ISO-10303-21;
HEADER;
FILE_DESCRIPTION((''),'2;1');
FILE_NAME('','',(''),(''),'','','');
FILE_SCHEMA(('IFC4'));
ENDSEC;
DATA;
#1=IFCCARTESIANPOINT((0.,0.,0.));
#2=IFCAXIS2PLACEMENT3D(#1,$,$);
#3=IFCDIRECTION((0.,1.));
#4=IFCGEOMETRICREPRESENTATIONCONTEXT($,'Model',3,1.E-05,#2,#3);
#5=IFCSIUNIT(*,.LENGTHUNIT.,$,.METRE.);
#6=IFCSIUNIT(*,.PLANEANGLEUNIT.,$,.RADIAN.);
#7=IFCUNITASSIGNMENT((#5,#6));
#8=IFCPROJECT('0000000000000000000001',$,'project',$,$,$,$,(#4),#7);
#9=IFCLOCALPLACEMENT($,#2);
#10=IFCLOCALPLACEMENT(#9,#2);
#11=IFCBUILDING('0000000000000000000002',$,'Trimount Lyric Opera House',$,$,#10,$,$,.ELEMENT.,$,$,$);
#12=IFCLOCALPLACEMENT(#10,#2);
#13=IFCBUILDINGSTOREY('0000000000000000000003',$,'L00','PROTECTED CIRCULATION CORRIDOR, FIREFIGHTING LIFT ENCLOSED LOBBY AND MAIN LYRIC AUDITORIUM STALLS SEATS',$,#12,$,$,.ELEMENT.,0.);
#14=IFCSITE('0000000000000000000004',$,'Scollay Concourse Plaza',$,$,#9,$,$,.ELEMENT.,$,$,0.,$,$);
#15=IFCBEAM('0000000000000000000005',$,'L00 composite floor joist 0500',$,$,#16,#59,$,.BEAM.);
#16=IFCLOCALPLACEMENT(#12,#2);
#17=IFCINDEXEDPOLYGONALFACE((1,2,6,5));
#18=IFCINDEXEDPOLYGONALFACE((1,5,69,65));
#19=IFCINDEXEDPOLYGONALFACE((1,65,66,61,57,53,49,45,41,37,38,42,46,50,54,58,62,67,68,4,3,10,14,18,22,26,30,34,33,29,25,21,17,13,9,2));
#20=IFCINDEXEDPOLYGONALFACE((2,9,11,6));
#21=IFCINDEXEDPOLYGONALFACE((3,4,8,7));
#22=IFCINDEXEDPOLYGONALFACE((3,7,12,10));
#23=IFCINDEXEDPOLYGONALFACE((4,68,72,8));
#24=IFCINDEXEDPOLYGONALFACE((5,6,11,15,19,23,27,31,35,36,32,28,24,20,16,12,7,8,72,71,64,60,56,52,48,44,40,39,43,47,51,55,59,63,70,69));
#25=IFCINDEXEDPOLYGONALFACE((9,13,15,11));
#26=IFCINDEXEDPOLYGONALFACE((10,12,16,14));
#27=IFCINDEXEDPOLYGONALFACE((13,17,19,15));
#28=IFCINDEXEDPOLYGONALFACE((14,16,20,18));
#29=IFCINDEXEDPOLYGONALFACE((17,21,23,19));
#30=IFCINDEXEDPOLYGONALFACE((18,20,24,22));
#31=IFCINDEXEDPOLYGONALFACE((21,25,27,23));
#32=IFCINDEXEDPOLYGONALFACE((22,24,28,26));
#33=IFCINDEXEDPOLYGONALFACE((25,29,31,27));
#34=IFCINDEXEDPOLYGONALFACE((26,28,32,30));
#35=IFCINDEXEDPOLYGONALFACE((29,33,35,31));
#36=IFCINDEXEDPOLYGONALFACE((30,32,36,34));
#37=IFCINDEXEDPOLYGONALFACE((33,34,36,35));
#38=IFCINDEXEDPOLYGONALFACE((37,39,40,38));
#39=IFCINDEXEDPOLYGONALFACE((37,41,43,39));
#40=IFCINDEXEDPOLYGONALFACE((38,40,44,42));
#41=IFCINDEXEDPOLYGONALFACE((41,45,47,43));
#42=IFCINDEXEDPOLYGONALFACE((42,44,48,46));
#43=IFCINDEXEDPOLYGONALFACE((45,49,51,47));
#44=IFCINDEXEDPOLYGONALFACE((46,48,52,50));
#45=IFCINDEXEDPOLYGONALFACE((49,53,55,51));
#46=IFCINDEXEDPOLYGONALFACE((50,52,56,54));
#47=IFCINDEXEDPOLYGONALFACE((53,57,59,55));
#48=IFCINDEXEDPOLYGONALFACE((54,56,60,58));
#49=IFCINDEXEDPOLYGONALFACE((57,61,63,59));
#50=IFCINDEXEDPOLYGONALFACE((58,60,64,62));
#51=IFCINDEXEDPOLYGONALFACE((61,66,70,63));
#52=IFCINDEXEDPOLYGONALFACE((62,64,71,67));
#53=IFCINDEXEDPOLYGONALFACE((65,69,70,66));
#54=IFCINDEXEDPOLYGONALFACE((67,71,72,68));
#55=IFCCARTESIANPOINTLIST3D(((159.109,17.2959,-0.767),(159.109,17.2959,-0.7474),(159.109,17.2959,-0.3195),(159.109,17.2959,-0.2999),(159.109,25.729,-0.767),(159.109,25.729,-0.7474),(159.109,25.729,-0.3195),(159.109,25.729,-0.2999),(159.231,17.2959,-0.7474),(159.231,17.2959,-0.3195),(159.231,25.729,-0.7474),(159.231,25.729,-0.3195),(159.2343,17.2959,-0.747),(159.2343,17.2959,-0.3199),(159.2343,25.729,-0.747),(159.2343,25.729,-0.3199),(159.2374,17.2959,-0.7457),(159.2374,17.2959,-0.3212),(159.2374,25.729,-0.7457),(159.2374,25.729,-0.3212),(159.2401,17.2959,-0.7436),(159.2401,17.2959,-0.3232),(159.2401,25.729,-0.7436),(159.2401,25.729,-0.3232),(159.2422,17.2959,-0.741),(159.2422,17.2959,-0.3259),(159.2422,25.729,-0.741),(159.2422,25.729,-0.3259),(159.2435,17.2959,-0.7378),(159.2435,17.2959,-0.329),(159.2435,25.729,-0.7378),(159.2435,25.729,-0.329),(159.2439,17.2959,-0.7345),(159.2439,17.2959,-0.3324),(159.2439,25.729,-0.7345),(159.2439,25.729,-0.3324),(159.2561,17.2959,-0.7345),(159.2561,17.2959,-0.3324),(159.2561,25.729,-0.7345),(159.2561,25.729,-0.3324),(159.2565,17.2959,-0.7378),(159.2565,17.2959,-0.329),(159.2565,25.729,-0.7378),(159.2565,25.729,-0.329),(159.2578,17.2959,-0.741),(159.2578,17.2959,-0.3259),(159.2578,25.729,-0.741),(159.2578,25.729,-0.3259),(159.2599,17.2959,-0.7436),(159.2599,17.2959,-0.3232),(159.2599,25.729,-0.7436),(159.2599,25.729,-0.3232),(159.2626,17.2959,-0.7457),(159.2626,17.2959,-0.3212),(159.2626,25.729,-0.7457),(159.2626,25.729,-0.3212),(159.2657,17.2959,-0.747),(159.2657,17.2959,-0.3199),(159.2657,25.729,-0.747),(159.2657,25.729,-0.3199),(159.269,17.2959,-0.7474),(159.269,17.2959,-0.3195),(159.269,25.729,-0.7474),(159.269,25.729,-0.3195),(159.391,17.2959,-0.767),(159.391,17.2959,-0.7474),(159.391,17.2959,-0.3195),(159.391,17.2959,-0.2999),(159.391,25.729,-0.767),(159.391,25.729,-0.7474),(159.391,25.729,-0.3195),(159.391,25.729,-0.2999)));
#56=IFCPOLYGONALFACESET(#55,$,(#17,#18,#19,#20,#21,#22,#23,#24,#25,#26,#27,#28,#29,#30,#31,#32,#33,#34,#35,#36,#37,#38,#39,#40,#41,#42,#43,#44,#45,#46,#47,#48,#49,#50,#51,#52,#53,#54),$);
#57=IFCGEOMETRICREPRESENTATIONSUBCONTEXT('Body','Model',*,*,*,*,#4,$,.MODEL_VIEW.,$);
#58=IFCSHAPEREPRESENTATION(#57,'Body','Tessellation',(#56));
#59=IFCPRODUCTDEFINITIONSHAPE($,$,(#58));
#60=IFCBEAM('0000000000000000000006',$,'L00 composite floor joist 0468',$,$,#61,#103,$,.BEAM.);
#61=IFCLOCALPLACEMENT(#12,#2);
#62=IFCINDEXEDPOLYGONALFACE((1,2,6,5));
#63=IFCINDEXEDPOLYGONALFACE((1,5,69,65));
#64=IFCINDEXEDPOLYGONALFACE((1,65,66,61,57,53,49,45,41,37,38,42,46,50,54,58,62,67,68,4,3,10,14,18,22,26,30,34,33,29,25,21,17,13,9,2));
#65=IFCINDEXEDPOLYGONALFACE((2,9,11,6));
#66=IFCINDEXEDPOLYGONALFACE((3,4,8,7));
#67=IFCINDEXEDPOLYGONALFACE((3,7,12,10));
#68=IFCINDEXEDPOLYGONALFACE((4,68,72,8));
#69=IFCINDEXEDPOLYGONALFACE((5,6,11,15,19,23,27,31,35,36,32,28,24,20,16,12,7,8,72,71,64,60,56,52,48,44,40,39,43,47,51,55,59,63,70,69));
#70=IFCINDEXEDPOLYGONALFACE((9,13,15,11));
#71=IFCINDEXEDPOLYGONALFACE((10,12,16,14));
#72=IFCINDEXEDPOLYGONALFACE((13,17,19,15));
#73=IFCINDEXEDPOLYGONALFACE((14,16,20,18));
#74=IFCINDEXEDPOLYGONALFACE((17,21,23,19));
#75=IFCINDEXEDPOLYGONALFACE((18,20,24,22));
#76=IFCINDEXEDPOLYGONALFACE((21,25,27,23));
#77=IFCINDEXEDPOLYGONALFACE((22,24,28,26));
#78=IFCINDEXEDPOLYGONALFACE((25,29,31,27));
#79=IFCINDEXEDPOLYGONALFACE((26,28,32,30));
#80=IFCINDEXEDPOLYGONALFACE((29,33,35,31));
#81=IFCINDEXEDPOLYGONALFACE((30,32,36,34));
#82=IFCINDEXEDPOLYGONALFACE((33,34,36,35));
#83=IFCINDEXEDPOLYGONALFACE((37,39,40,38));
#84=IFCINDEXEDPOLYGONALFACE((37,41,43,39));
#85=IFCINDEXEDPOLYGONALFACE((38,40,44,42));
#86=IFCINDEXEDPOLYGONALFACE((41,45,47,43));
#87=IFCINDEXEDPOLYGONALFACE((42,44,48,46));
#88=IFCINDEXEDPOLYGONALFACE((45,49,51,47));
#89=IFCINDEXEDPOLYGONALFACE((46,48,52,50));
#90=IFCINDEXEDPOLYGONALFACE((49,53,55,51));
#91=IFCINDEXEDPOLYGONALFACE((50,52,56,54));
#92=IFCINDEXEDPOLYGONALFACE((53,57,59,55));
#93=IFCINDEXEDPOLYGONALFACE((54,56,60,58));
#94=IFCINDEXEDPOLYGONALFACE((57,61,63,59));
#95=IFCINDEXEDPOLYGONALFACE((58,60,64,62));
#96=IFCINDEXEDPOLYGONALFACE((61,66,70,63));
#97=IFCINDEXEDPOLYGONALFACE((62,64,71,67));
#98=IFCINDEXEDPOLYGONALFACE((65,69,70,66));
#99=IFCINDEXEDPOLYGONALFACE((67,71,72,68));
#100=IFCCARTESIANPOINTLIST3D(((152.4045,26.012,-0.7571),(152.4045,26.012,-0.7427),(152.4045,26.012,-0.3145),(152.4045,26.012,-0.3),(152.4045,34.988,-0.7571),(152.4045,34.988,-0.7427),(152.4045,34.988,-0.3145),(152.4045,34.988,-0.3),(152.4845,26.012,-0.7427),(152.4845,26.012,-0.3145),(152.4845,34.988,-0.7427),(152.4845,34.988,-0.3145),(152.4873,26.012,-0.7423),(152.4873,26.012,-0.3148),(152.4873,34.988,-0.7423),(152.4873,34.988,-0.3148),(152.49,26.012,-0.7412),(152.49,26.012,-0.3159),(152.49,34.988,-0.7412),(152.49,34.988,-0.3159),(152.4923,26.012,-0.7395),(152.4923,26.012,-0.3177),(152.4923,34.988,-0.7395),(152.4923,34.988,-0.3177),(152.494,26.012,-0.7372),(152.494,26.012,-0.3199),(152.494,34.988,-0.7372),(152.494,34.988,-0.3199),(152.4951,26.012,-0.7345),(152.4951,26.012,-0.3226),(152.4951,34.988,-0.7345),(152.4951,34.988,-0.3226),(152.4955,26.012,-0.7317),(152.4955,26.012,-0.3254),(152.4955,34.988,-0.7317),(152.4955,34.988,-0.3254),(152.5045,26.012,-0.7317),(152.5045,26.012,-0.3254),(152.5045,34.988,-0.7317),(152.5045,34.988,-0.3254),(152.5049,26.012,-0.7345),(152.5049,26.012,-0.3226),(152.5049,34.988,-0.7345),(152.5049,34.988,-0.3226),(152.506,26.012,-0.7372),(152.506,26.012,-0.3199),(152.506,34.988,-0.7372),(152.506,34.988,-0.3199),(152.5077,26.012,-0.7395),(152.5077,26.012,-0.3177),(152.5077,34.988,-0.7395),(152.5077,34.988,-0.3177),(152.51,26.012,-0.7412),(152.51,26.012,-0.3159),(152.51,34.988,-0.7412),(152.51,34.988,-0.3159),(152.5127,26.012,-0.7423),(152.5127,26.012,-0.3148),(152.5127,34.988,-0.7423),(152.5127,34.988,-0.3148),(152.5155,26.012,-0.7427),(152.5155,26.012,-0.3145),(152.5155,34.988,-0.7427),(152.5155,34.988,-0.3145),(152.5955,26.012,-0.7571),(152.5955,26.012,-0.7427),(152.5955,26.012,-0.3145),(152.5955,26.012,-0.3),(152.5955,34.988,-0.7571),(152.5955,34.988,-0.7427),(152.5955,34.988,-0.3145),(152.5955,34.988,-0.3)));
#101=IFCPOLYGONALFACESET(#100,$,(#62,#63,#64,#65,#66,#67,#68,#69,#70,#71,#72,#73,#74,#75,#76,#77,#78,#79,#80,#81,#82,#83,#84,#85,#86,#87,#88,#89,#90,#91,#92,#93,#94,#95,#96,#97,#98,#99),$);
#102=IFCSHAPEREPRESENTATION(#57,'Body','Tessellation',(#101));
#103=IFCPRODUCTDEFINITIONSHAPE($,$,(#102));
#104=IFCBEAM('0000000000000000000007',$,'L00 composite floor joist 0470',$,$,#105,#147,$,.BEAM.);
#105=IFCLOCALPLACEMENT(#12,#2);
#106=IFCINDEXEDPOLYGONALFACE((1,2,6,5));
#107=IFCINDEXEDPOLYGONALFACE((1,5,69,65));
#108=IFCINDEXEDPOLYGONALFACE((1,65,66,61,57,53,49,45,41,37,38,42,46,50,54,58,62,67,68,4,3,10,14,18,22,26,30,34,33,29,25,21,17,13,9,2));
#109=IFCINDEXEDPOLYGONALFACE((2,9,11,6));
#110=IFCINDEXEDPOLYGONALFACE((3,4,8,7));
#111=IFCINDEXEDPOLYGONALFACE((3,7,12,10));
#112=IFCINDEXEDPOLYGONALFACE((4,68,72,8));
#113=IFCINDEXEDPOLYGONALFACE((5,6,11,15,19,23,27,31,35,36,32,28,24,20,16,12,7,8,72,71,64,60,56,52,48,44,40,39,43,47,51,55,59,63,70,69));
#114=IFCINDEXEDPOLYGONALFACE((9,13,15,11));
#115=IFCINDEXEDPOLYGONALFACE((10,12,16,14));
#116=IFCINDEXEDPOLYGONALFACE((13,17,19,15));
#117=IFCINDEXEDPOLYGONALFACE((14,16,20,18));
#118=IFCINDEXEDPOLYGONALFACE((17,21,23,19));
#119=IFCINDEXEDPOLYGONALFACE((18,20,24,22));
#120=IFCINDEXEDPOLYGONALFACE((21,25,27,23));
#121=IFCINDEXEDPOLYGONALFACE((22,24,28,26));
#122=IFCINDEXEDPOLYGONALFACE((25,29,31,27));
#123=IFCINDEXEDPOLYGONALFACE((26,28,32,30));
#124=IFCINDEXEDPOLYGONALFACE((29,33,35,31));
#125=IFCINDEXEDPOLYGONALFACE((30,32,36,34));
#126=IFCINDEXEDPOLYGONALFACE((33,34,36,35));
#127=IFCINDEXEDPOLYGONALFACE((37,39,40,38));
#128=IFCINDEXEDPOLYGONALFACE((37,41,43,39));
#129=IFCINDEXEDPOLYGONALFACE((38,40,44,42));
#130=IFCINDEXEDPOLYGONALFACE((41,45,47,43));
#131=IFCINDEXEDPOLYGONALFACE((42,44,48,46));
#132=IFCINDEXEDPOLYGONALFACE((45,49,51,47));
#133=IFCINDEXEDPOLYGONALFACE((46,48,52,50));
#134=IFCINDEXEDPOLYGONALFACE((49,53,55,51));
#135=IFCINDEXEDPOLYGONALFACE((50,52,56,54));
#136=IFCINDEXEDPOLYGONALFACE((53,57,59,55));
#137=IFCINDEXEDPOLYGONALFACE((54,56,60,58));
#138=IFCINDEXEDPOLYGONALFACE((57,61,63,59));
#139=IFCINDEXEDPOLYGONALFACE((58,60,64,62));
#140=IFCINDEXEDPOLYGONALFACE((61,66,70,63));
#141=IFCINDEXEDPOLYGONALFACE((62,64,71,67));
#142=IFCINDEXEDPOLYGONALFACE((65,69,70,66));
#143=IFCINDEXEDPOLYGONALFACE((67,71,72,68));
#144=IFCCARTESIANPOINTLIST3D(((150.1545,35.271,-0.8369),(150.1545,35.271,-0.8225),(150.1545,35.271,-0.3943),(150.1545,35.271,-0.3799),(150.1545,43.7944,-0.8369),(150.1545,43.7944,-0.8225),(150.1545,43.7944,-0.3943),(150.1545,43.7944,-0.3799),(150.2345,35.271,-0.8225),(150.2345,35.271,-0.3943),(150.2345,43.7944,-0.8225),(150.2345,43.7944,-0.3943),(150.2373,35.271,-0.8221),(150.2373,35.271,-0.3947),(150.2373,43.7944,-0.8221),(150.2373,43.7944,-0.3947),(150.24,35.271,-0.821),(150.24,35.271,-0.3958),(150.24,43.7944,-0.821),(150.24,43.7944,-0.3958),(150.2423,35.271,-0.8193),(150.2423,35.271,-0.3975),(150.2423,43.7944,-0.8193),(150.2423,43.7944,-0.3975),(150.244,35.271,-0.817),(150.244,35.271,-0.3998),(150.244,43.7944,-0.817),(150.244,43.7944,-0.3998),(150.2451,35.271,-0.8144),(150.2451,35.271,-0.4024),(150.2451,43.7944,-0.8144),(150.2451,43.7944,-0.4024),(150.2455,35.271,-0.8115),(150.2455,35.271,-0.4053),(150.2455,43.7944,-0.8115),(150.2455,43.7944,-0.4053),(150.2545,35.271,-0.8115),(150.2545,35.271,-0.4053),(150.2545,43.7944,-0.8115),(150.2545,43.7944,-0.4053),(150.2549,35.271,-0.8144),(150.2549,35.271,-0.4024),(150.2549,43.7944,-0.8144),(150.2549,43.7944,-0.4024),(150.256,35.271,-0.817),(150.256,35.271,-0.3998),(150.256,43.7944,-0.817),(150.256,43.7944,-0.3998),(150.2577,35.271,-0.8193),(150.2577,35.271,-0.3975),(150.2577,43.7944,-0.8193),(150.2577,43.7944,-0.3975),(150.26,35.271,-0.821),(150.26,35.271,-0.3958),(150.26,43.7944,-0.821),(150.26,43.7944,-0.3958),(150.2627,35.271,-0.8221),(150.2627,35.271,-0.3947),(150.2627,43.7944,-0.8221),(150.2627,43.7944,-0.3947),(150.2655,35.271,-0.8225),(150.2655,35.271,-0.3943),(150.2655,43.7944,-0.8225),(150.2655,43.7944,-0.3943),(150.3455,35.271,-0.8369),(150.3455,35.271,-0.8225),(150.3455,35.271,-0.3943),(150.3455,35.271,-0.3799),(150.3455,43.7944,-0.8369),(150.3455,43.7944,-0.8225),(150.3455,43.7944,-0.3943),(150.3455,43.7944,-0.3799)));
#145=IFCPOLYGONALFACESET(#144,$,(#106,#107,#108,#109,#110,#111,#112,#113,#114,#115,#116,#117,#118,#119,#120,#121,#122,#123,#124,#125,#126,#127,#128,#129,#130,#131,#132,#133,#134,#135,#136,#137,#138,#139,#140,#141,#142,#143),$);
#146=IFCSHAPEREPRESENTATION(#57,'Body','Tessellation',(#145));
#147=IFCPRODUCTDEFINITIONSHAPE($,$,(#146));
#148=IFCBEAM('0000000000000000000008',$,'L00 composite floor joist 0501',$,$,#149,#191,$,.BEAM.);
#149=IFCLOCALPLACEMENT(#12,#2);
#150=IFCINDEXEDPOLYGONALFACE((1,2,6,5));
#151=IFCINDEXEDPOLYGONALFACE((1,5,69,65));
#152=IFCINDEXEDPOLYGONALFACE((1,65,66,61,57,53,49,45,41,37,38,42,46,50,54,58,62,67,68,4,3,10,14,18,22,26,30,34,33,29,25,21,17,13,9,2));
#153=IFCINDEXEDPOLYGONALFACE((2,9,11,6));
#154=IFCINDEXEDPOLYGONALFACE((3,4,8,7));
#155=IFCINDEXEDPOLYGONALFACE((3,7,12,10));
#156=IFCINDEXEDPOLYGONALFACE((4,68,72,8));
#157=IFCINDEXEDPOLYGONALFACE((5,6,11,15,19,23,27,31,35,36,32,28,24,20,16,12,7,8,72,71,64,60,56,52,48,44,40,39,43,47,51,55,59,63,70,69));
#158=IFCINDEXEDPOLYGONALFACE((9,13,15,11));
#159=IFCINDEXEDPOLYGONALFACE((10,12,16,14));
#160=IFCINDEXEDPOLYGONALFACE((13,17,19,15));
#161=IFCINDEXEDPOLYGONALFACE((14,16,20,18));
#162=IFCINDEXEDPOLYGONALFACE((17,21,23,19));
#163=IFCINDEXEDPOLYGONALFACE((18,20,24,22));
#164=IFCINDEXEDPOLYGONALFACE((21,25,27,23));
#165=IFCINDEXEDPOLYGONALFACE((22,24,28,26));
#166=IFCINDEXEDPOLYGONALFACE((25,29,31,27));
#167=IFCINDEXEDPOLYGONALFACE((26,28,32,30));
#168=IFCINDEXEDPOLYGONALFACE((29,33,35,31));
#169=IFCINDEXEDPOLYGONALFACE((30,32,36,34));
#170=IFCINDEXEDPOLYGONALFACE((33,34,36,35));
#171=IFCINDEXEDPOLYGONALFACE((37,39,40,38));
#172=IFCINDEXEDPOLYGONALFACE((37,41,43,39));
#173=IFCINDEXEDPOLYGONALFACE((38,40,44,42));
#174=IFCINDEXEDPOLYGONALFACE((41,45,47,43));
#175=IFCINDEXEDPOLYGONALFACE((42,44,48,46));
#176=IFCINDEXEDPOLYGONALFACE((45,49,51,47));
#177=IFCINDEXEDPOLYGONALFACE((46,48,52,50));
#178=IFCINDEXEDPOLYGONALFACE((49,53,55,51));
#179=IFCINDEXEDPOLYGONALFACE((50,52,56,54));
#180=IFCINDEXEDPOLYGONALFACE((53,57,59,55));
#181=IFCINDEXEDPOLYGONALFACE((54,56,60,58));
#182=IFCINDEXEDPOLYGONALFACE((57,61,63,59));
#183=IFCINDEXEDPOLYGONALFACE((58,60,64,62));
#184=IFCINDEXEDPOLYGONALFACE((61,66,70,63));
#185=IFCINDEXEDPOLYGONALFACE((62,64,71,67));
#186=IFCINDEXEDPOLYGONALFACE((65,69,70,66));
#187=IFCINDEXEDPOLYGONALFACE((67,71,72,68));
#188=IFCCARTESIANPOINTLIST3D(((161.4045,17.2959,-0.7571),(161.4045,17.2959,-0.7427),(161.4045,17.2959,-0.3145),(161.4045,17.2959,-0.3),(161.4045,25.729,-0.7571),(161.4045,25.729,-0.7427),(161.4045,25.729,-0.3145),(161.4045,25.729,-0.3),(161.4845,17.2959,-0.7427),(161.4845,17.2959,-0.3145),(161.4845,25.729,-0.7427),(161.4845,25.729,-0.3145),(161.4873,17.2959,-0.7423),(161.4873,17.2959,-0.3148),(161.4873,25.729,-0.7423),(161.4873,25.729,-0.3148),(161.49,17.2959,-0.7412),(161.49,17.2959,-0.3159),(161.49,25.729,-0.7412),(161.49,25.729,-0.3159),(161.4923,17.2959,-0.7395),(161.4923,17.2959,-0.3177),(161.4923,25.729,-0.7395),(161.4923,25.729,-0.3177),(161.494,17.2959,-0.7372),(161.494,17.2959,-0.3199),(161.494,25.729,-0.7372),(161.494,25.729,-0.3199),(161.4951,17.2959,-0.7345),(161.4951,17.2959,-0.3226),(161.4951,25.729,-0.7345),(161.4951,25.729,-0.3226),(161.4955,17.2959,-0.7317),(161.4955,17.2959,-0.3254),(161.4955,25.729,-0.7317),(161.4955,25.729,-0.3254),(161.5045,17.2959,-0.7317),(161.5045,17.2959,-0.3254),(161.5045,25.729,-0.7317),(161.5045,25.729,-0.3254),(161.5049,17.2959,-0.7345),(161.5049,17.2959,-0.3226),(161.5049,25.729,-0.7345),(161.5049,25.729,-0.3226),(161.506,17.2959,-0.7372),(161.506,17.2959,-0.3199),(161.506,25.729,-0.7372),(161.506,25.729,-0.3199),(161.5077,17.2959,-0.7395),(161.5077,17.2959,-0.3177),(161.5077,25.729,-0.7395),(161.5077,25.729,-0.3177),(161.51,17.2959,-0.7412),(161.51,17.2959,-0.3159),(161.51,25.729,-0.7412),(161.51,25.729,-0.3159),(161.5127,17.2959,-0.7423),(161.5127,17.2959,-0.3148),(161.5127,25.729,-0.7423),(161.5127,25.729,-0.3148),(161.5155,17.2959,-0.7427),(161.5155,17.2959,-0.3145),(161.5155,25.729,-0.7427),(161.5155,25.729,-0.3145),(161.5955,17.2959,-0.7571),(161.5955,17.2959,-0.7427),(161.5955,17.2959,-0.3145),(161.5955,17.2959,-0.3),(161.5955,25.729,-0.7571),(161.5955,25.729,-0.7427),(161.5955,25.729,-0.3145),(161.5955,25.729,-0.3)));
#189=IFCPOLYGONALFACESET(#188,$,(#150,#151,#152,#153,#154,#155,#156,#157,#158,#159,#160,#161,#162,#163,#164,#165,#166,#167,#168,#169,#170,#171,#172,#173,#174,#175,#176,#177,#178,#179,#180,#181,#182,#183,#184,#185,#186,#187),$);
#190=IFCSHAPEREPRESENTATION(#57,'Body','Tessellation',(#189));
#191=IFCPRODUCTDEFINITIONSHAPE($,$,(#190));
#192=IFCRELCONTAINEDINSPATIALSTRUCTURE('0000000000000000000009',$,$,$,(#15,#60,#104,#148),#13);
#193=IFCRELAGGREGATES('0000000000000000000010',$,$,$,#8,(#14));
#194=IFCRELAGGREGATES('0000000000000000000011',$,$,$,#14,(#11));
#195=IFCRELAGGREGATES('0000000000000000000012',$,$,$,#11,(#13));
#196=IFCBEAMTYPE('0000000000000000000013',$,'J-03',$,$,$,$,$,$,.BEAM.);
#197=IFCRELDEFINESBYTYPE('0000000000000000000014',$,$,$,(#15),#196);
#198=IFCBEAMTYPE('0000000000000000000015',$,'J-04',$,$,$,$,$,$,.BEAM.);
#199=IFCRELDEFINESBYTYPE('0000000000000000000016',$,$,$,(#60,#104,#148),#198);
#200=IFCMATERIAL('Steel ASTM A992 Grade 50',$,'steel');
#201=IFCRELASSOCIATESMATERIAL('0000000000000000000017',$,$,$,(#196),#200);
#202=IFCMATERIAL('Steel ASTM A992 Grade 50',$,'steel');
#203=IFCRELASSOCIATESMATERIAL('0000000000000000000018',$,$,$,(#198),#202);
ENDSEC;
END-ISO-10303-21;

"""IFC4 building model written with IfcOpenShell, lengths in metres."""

from ifc_helpers import new_model, si_unit, direction, frame, origin, origin_2d, place, context, subcontext, project, spatial, i_section, extrude, material, material_profile, profile_set, type_object, element, save


model = new_model("IFC4")

# Units and contexts
model_context = context("Model", 3, precision=1e-05, world=origin(), true_north=direction((0.0, 1.0)))
body_context = subcontext(model_context, "Body", "Model", "MODEL_VIEW")
ifc_project = project(units=[si_unit("LENGTHUNIT", "METRE"), si_unit("PLANEANGLEUNIT", "RADIAN")], contexts=[model_context])

# Site, building, storey
site_placement = place(None, origin())
site = spatial("IfcSite", under=ifc_project, at=site_placement, Name="Scollay Concourse Plaza", CompositionType="ELEMENT", RefElevation=0.0)
building_placement = place(site_placement, origin())
building = spatial("IfcBuilding", under=site, at=building_placement, Name="Trimount Lyric Opera House", CompositionType="ELEMENT")
storey_placement = place(building_placement, origin())
storey = spatial("IfcBuildingStorey", under=building, at=storey_placement, Name="L00", Description="PROTECTED CIRCULATION CORRIDOR, FIREFIGHTING LIFT ENCLOSED LOBBY AND MAIN LYRIC AUDITORIUM STALLS SEATS", CompositionType="ELEMENT", Elevation=0.0)

# Beams
ifc_material_1 = material(Name="Steel ASTM A992 Grade 50", Category="steel")
ifc_material_profile_1 = material_profile(ifc_material_1, i_section(OverallWidth=0.282, OverallDepth=0.467, WebThickness=0.0122, FlangeThickness=0.0195, FilletRadius=0.0129, at=origin_2d()), Name="W18X86")
ifc_profile_set_1 = profile_set([ifc_material_profile_1], Name="Steel ASTM A992 Grade 50")
beam_type_1 = type_object("IfcBeamType", Name="J-03", PredefinedType="BEAM", material=ifc_profile_set_1)
beam_1_placement = place(storey_placement, frame((159.25, 17.2959, -0.5334), z_axis=(0.0, 1.0, 0.0), x_axis=(-1.0, 0.0, 0.0)))
element("IfcBeam", 1, at=beam_1_placement, inside=storey, type_object=beam_type_1, Name="L00 composite floor joist 0500", PredefinedType="BEAM", context=body_context, shape_type="SweptSolid", body=[
    extrude(i_section(OverallWidth=0.282, OverallDepth=0.467, WebThickness=0.0122, FlangeThickness=0.0195, FilletRadius=0.0129, at=origin_2d()), origin(), (0.0, 0.0, 1.0), 8.4331),
])
ifc_material_2 = material(Name="Steel ASTM A992 Grade 50", Category="steel")
ifc_material_profile_2 = material_profile(ifc_material_2, i_section(OverallWidth=0.1909, OverallDepth=0.457, WebThickness=0.009, FlangeThickness=0.0144, FilletRadius=0.011, at=origin_2d()), Name="W18X50")
ifc_profile_set_2 = profile_set([ifc_material_profile_2], Name="Steel ASTM A992 Grade 50")
beam_type_2 = type_object("IfcBeamType", Name="J-04", PredefinedType="BEAM", material=ifc_profile_set_2)
beam_2_placement = place(storey_placement, frame((152.5, 26.012, -0.5286), z_axis=(0.0, 1.0, 0.0), x_axis=(-1.0, 0.0, 0.0)))
element("IfcBeam", 2, at=beam_2_placement, inside=storey, type_object=beam_type_2, Name="L00 composite floor joist 0468", PredefinedType="BEAM", context=body_context, shape_type="SweptSolid", body=[
    extrude(i_section(OverallWidth=0.1909, OverallDepth=0.457, WebThickness=0.009, FlangeThickness=0.0144, FilletRadius=0.011, at=origin_2d()), origin(), (0.0, 0.0, 1.0), 8.9761),
])
beam_3_placement = place(storey_placement, frame((150.25, 35.271, -0.6084), z_axis=(0.0, 1.0, 0.0), x_axis=(-1.0, 0.0, 0.0)))
element("IfcBeam", 3, at=beam_3_placement, inside=storey, type_object=beam_type_2, Name="L00 composite floor joist 0470", PredefinedType="BEAM", context=body_context, shape_type="SweptSolid", body=[
    extrude(i_section(OverallWidth=0.1909, OverallDepth=0.457, WebThickness=0.009, FlangeThickness=0.0144, FilletRadius=0.011, at=origin_2d()), origin(), (0.0, 0.0, 1.0), 8.5234),
])
beam_4_placement = place(storey_placement, frame((161.5, 17.2959, -0.5286), z_axis=(0.0, 1.0, 0.0), x_axis=(-1.0, 0.0, 0.0)))
element("IfcBeam", 4, at=beam_4_placement, inside=storey, type_object=beam_type_2, Name="L00 composite floor joist 0501", PredefinedType="BEAM", context=body_context, shape_type="SweptSolid", body=[
    extrude(i_section(OverallWidth=0.1909, OverallDepth=0.457, WebThickness=0.009, FlangeThickness=0.0144, FilletRadius=0.011, at=origin_2d()), origin(), (0.0, 0.0, 1.0), 8.4331),
])

save(model, "model.ifc")
